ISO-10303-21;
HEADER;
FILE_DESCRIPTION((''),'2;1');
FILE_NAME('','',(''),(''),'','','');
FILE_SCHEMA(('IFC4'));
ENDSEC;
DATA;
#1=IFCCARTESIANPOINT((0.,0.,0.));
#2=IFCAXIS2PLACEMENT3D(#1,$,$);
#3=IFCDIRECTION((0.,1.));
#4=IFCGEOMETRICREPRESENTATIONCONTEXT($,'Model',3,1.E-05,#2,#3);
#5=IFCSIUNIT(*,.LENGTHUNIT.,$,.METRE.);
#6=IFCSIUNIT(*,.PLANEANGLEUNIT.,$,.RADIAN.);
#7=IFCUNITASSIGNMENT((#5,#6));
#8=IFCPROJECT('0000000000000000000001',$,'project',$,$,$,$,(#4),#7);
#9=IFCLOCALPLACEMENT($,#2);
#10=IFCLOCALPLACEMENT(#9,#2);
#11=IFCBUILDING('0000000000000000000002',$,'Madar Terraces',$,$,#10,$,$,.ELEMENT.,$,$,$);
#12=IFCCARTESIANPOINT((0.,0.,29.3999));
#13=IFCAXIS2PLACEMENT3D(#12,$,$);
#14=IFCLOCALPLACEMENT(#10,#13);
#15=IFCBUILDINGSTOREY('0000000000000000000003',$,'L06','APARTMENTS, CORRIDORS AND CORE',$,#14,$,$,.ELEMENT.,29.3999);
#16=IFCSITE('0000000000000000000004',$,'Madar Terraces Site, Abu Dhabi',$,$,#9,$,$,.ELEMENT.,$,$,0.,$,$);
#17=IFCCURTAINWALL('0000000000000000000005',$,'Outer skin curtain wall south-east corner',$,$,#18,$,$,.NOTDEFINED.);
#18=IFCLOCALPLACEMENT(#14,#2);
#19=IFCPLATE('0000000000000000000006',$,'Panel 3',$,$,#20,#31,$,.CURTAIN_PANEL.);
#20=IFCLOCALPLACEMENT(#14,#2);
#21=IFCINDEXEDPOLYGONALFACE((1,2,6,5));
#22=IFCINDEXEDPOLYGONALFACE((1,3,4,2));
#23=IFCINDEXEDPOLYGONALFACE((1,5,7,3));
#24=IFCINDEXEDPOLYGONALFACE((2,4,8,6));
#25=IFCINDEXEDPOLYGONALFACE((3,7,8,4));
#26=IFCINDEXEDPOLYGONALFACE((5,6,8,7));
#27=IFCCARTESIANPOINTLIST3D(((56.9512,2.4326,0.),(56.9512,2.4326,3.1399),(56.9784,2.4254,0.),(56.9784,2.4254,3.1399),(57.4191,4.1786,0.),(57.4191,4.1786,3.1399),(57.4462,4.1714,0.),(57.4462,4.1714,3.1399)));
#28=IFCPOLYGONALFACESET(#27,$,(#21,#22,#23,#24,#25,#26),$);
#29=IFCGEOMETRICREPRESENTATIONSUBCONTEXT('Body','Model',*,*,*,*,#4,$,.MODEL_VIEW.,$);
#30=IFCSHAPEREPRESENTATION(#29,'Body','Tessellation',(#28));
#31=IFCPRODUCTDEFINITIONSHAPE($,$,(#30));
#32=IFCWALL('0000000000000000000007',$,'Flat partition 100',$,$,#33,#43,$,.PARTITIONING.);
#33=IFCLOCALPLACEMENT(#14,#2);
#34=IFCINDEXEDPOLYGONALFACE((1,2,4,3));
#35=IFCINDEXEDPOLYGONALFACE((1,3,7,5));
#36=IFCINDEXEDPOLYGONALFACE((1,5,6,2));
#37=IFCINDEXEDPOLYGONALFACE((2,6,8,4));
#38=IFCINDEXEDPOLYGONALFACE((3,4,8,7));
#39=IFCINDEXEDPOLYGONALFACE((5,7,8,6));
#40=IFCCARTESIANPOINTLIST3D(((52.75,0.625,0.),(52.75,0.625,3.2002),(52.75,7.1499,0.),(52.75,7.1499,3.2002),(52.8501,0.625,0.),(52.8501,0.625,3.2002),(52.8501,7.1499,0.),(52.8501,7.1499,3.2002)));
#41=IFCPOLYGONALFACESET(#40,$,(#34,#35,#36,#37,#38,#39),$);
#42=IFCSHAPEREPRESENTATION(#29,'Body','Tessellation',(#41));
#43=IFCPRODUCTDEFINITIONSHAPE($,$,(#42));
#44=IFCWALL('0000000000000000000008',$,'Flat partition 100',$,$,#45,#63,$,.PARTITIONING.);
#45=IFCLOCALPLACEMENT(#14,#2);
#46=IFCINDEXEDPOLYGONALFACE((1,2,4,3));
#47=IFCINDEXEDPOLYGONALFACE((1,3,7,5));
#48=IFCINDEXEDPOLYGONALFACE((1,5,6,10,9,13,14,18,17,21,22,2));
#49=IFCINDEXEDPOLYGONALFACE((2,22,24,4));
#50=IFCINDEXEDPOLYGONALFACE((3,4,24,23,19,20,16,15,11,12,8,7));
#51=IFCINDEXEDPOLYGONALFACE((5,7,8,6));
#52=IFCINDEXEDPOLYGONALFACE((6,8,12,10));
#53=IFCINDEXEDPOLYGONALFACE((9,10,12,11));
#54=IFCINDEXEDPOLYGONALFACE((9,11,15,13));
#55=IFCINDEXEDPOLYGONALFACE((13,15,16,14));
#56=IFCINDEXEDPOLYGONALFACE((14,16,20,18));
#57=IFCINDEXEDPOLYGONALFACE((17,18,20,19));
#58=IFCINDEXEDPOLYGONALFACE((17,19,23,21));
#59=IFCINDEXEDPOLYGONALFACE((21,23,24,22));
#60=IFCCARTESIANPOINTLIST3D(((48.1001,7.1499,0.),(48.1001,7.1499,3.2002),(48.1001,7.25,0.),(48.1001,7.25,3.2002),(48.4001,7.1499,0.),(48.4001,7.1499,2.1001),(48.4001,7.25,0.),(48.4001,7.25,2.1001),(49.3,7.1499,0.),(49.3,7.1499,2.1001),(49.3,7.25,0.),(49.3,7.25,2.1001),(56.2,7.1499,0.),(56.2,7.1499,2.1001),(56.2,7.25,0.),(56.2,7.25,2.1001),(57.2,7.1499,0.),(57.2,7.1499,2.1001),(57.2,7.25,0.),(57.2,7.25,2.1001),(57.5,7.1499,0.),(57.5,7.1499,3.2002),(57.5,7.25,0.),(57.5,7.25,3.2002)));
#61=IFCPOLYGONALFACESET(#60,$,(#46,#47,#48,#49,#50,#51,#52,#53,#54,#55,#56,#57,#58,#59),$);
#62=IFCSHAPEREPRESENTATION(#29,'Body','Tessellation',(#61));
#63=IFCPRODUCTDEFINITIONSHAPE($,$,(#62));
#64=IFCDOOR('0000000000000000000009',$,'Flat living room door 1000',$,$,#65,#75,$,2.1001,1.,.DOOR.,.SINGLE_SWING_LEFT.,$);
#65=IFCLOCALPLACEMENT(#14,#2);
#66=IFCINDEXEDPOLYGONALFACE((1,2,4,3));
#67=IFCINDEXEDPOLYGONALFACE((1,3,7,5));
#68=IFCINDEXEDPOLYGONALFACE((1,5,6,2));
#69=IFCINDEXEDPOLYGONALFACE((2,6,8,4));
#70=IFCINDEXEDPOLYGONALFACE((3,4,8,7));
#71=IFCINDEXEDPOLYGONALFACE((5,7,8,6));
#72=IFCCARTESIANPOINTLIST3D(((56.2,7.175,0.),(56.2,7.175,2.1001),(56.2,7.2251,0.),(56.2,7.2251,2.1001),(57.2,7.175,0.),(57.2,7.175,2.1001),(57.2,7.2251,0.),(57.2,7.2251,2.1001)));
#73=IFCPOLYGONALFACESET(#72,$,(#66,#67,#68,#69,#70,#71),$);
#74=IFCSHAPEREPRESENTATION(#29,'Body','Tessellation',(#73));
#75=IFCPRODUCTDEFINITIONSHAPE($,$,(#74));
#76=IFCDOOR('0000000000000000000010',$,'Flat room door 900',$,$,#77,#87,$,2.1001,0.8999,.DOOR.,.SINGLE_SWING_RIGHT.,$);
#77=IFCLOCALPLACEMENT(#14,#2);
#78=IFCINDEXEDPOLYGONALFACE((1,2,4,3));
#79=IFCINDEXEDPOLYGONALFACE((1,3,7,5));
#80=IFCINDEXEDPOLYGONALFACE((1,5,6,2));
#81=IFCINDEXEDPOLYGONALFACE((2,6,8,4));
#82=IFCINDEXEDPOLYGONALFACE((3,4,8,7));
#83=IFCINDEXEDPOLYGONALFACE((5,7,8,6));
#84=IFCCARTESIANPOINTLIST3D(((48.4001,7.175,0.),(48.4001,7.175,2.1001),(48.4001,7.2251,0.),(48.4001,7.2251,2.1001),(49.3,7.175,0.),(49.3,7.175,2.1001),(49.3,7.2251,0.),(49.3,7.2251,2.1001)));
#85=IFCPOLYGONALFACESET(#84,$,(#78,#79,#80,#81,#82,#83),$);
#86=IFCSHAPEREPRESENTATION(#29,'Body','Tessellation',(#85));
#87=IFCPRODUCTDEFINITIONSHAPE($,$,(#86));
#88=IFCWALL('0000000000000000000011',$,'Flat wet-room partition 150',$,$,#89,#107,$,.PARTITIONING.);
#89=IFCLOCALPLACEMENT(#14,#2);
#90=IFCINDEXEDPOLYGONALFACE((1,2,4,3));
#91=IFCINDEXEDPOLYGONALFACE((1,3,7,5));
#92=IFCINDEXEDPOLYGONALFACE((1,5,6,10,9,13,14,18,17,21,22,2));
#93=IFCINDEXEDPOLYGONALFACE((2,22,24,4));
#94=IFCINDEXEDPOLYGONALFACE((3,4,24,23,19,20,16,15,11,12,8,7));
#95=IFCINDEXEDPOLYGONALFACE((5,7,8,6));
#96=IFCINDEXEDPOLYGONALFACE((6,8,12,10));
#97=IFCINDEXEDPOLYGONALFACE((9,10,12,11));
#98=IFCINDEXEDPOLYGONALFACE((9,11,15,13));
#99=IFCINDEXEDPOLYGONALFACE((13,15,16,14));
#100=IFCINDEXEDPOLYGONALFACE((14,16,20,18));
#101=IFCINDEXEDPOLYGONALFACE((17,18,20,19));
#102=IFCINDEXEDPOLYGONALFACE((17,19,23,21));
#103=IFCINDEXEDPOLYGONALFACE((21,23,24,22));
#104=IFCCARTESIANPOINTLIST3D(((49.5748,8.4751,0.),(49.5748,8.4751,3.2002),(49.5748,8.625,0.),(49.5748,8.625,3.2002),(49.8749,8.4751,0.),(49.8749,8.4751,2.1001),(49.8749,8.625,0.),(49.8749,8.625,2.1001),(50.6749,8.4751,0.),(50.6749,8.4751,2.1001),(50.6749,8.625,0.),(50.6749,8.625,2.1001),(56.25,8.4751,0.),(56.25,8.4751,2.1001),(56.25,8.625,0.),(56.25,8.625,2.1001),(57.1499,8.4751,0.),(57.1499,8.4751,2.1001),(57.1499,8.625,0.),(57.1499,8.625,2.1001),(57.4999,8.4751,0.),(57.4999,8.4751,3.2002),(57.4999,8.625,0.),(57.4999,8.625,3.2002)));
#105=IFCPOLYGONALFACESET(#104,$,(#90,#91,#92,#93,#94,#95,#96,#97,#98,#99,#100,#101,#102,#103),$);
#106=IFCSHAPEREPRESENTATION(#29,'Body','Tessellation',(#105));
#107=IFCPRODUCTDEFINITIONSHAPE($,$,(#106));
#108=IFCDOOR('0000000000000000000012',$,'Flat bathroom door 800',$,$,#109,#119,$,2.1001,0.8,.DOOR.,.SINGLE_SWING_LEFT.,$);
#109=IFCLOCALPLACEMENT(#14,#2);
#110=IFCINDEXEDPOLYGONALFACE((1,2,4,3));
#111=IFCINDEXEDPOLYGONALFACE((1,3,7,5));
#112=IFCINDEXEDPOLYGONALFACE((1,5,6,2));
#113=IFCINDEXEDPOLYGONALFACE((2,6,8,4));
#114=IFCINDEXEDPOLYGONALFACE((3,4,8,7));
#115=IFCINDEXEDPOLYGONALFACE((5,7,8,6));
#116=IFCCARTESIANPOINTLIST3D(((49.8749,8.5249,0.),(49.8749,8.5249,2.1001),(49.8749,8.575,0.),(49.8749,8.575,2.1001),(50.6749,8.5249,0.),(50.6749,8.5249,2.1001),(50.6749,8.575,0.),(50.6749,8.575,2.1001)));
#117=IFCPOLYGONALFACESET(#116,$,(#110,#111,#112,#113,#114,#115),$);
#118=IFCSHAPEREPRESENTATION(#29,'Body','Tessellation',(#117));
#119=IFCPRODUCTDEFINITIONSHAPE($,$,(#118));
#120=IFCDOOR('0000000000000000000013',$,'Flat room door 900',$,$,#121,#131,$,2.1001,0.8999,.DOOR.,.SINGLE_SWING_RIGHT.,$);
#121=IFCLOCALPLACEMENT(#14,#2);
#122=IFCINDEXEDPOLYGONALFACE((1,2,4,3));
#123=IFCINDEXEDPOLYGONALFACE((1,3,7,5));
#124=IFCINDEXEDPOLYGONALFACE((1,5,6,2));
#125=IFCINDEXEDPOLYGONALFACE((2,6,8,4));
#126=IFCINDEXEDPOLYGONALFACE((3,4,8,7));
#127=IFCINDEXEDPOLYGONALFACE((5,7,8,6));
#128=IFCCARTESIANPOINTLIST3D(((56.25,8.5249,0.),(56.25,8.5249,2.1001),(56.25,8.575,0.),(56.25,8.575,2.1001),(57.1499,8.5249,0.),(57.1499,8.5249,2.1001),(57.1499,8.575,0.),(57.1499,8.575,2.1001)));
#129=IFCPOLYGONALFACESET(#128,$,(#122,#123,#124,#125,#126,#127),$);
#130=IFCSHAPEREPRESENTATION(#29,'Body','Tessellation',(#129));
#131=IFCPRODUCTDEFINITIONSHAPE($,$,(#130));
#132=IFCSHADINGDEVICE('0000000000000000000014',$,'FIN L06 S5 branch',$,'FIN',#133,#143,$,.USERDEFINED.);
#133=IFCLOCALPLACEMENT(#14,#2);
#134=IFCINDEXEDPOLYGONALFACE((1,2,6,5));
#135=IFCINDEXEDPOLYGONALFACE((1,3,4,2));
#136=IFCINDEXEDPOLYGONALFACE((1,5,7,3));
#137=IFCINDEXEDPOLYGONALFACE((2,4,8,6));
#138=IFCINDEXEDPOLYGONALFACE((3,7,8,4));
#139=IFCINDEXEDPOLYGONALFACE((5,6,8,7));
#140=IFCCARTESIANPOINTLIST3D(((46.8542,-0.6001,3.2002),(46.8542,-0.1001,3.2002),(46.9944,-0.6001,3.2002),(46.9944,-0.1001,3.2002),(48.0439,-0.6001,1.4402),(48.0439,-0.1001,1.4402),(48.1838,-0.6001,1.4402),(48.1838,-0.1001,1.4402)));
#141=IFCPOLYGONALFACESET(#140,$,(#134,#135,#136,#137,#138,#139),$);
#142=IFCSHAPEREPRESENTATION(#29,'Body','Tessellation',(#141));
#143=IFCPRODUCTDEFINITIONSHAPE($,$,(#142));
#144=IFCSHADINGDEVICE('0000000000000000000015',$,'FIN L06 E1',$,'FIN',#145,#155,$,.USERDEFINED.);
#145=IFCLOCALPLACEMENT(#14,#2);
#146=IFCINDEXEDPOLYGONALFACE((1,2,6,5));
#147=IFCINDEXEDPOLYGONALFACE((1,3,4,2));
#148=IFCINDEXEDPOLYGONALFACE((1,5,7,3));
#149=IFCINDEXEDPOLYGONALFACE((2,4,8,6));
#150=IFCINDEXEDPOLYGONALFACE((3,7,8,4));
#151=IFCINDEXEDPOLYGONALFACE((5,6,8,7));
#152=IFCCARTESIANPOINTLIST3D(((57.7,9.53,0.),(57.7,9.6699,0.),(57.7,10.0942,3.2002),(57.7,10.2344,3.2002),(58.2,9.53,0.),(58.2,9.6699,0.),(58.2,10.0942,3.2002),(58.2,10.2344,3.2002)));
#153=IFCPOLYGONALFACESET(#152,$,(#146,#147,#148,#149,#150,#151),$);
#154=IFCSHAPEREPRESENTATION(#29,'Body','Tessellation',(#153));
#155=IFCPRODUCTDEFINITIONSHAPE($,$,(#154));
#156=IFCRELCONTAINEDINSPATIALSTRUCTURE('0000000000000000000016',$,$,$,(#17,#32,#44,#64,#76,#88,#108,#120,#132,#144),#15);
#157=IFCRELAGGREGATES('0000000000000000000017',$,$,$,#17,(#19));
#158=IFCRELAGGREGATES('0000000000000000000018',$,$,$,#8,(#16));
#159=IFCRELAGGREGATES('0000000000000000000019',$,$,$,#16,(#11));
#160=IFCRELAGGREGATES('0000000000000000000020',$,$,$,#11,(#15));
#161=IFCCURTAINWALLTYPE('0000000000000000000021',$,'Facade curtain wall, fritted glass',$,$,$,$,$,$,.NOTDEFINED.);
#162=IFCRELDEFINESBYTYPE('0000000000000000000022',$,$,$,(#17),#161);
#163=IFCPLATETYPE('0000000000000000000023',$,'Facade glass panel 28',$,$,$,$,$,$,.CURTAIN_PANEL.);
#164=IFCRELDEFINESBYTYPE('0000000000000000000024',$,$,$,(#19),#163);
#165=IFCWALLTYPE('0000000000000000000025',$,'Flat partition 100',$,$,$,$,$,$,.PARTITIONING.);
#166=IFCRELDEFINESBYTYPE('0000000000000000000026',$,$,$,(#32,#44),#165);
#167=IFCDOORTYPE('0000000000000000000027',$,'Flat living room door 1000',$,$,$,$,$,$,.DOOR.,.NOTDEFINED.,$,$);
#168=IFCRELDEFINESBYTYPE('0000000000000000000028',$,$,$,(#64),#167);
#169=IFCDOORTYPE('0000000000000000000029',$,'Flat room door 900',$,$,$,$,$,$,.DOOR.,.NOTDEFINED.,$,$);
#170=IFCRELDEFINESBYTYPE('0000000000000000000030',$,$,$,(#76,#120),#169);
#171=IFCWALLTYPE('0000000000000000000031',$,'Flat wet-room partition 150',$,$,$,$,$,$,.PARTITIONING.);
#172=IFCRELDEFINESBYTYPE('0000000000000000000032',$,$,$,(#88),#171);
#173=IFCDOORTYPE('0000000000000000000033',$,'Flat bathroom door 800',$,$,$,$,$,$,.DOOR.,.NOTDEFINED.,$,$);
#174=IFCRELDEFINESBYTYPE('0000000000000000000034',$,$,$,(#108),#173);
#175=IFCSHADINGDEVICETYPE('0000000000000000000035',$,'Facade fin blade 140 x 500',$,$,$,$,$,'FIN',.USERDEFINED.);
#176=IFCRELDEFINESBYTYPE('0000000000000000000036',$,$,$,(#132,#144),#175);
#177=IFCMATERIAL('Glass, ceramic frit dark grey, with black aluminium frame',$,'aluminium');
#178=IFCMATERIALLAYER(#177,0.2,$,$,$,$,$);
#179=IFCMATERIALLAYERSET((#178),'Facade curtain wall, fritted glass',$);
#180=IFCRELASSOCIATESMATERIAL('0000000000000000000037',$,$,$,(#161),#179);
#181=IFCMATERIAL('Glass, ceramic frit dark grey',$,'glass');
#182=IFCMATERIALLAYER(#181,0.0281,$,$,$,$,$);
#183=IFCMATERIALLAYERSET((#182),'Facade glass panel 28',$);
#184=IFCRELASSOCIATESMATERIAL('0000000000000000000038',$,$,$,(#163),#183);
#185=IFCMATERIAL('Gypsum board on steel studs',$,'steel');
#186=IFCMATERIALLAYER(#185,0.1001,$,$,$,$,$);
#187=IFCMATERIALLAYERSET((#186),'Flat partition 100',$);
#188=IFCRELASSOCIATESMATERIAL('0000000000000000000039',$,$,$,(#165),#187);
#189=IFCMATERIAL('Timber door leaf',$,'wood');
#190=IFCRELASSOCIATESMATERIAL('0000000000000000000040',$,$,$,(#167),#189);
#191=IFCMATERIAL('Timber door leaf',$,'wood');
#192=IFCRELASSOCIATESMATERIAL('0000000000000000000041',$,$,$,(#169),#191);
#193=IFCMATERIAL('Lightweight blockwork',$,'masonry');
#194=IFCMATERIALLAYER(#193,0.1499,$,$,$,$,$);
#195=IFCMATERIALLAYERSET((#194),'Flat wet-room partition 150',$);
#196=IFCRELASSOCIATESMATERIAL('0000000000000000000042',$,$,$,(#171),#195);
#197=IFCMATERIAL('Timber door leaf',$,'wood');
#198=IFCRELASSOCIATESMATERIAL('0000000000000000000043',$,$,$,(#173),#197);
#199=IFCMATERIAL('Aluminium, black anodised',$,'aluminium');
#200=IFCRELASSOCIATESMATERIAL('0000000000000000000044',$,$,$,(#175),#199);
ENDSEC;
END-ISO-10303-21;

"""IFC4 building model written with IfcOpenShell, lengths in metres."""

from ifc_helpers import new_model, si_unit, direction, frame, frame_2d, origin, origin_2d, place, context, subcontext, project, spatial, polyline, rectangle, outline, extrude, material, layer, layer_set, type_object, element, fill, aggregate, save


model = new_model("IFC4")

# Units and contexts
model_context = context("Model", 3, precision=1e-05, world=origin(), true_north=direction((0.0, 1.0)))
body_context = subcontext(model_context, "Body", "Model", "MODEL_VIEW")
ifc_project = project(units=[si_unit("LENGTHUNIT", "METRE"), si_unit("PLANEANGLEUNIT", "RADIAN")], contexts=[model_context])

# Site, building, storey
site_placement = place(None, origin())
site = spatial("IfcSite", under=ifc_project, at=site_placement, Name="Madar Terraces Site, Abu Dhabi", CompositionType="ELEMENT", RefElevation=0.0)
building_placement = place(site_placement, origin())
building = spatial("IfcBuilding", under=site, at=building_placement, Name="Madar Terraces", CompositionType="ELEMENT")
storey_placement = place(building_placement, frame((0.0, 0.0, 29.3999)))
storey = spatial("IfcBuildingStorey", under=building, at=storey_placement, Name="L06", Description="APARTMENTS, CORRIDORS AND CORE", CompositionType="ELEMENT", Elevation=29.3999)

# Shared definitions
ifc_material_1 = material(Name="Glass, ceramic frit dark grey, with black aluminium frame", Category="aluminium")
ifc_layer_1 = layer(ifc_material_1, 0.2)
ifc_layer_set_1 = layer_set([ifc_layer_1], Name="Facade curtain wall, fritted glass")
curtain_wall_type = type_object("IfcCurtainWallType", Name="Facade curtain wall, fritted glass", PredefinedType="NOTDEFINED", material=ifc_layer_set_1)

# Curtain wall
curtain_wall_1_placement = place(storey_placement, origin())
curtain_wall_1 = element("IfcCurtainWall", 1, at=curtain_wall_1_placement, inside=storey, type_object=curtain_wall_type, Name="Outer skin curtain wall south-east corner", PredefinedType="NOTDEFINED")

# Plate
ifc_material_2 = material(Name="Glass, ceramic frit dark grey", Category="glass")
ifc_layer_2 = layer(ifc_material_2, 0.0281)
ifc_layer_set_2 = layer_set([ifc_layer_2], Name="Facade glass panel 28")
plate_type = type_object("IfcPlateType", Name="Facade glass panel 28", PredefinedType="CURTAIN_PANEL", material=ifc_layer_set_2)
plate_1_placement = place(storey_placement, frame((57.1987, 3.302, 0.0), z_axis=(0.0, 0.0, 1.0), x_axis=(0.258819, 0.965926, 0.0)))
plate_1 = element("IfcPlate", 2, at=plate_1_placement, type_object=plate_type, Name="Panel 3", PredefinedType="CURTAIN_PANEL", context=body_context, shape_type="SweptSolid", body=[
    extrude(rectangle(XDim=1.8076, YDim=0.0281, at=origin_2d()), origin(), (0.0, 0.0, 1.0), 3.1399),
])
aggregate(curtain_wall_1, [plate_1])

# Wall
ifc_material_3 = material(Name="Gypsum board on steel studs", Category="steel")
ifc_layer_3 = layer(ifc_material_3, 0.1001)
ifc_layer_set_3 = layer_set([ifc_layer_3], Name="Flat partition 100")
wall_type_1 = type_object("IfcWallType", Name="Flat partition 100", PredefinedType="PARTITIONING", material=ifc_layer_set_3)
wall_1_placement = place(storey_placement, frame((52.8, 7.1499, 0.0), z_axis=(0.0, 0.0, 1.0), x_axis=(0.0, -1.0, 0.0)))
element("IfcWall", 3, at=wall_1_placement, inside=storey, type_object=wall_type_1, Name="Flat partition 100", PredefinedType="PARTITIONING", context=body_context, shape_type="SweptSolid", body=[
    extrude(rectangle(XDim=6.5249, YDim=0.1001, at=frame_2d((3.2625, 0.0))), origin(), (0.0, 0.0, 1.0), 3.2002),
])

# Walls, openings, doors
wall_2_placement = place(storey_placement, frame((57.5, 7.2, 0.0), z_axis=(0.0, 0.0, 1.0), x_axis=(-1.0, 0.0, 0.0)))
wall_2 = element("IfcWall", 4, at=wall_2_placement, inside=storey, type_object=wall_type_1, Name="Flat partition 100", PredefinedType="PARTITIONING", context=body_context, shape_type="SweptSolid", body=[
    extrude(rectangle(XDim=9.3999, YDim=0.1001, at=frame_2d((4.7, 0.0))), origin(), (0.0, 0.0, 1.0), 3.2002),
])
opening_1_placement = place(wall_2_placement, frame((8.2, 0.0, 0.0)))
opening_1 = element("IfcOpeningElement", 5, at=opening_1_placement, cuts=wall_2, PredefinedType="OPENING", context=body_context, shape_type="SweptSolid", body=[
    extrude(rectangle(XDim=0.8999, YDim=2.1001, at=frame_2d((0.45, 1.05))), frame((0.0, 0.0601, 0.0), z_axis=(0.0, -1.0, 0.0), x_axis=(1.0, 0.0, 0.0)), (0.0, 0.0, 1.0), 0.1201),
])
opening_2_placement = place(wall_2_placement, frame((0.3, 0.0, 0.0)))
opening_2 = element("IfcOpeningElement", 6, at=opening_2_placement, cuts=wall_2, PredefinedType="OPENING", context=body_context, shape_type="SweptSolid", body=[
    extrude(rectangle(XDim=1.0, YDim=2.1001, at=frame_2d((0.5, 1.05))), frame((0.0, 0.0601, 0.0), z_axis=(0.0, -1.0, 0.0), x_axis=(1.0, 0.0, 0.0)), (0.0, 0.0, 1.0), 0.1201),
])
ifc_material_4 = material(Name="Timber door leaf", Category="wood")
door_type_1 = type_object("IfcDoorType", Name="Flat living room door 1000", OperationType="NOTDEFINED", PredefinedType="DOOR", material=ifc_material_4)
door_1_placement = place(opening_2_placement, origin())
door_1 = element("IfcDoor", 7, at=door_1_placement, inside=storey, type_object=door_type_1, Name="Flat living room door 1000", OperationType="SINGLE_SWING_LEFT", OverallHeight=2.1001, OverallWidth=1.0, PredefinedType="DOOR", context=body_context, shape_type="SweptSolid", body=[
    extrude(rectangle(XDim=1.0, YDim=2.1001, at=frame_2d((0.5, 1.05))), frame((0.0, 0.0249, 0.0), z_axis=(0.0, -1.0, 0.0), x_axis=(1.0, 0.0, 0.0)), (0.0, 0.0, 1.0), 0.05),
])
fill(opening_2, door_1)
ifc_material_5 = material(Name="Timber door leaf", Category="wood")
door_type_2 = type_object("IfcDoorType", Name="Flat room door 900", OperationType="NOTDEFINED", PredefinedType="DOOR", material=ifc_material_5)
door_2_placement = place(opening_1_placement, origin())
door_2 = element("IfcDoor", 8, at=door_2_placement, inside=storey, type_object=door_type_2, Name="Flat room door 900", OperationType="SINGLE_SWING_RIGHT", OverallHeight=2.1001, OverallWidth=0.8999, PredefinedType="DOOR", context=body_context, shape_type="SweptSolid", body=[
    extrude(rectangle(XDim=0.8999, YDim=2.1001, at=frame_2d((0.45, 1.05))), frame((0.0, 0.0249, 0.0), z_axis=(0.0, -1.0, 0.0), x_axis=(1.0, 0.0, 0.0)), (0.0, 0.0, 1.0), 0.05),
])
fill(opening_1, door_2)
ifc_material_6 = material(Name="Lightweight blockwork", Category="masonry")
ifc_layer_4 = layer(ifc_material_6, 0.1499)
ifc_layer_set_4 = layer_set([ifc_layer_4], Name="Flat wet-room partition 150")
wall_type_2 = type_object("IfcWallType", Name="Flat wet-room partition 150", PredefinedType="PARTITIONING", material=ifc_layer_set_4)
wall_3_placement = place(storey_placement, frame((49.575, 8.55, 0.0), z_axis=(0.0, 0.0, 1.0), x_axis=(1.0, 0.0, 0.0)))
wall_3 = element("IfcWall", 9, at=wall_3_placement, inside=storey, type_object=wall_type_2, Name="Flat wet-room partition 150", PredefinedType="PARTITIONING", context=body_context, shape_type="SweptSolid", body=[
    extrude(rectangle(XDim=7.925, YDim=0.1499, at=frame_2d((3.9624, 0.0))), origin(), (0.0, 0.0, 1.0), 3.2002),
])
opening_3_placement = place(wall_3_placement, frame((0.3, 0.0, 0.0)))
opening_3 = element("IfcOpeningElement", 10, at=opening_3_placement, cuts=wall_3, PredefinedType="OPENING", context=body_context, shape_type="SweptSolid", body=[
    extrude(rectangle(XDim=0.8, YDim=2.1001, at=frame_2d((0.3999, 1.05))), frame((0.0, 0.085, 0.0), z_axis=(0.0, -1.0, 0.0), x_axis=(1.0, 0.0, 0.0)), (0.0, 0.0, 1.0), 0.1699),
])
opening_4_placement = place(wall_3_placement, frame((6.675, 0.0, 0.0)))
opening_4 = element("IfcOpeningElement", 11, at=opening_4_placement, cuts=wall_3, PredefinedType="OPENING", context=body_context, shape_type="SweptSolid", body=[
    extrude(rectangle(XDim=0.8999, YDim=2.1001, at=frame_2d((0.45, 1.05))), frame((0.0, 0.085, 0.0), z_axis=(0.0, -1.0, 0.0), x_axis=(1.0, 0.0, 0.0)), (0.0, 0.0, 1.0), 0.1699),
])
ifc_material_7 = material(Name="Timber door leaf", Category="wood")
door_type_3 = type_object("IfcDoorType", Name="Flat bathroom door 800", OperationType="NOTDEFINED", PredefinedType="DOOR", material=ifc_material_7)
door_3_placement = place(opening_3_placement, origin())
door_3 = element("IfcDoor", 12, at=door_3_placement, inside=storey, type_object=door_type_3, Name="Flat bathroom door 800", OperationType="SINGLE_SWING_LEFT", OverallHeight=2.1001, OverallWidth=0.8, PredefinedType="DOOR", context=body_context, shape_type="SweptSolid", body=[
    extrude(rectangle(XDim=0.8, YDim=2.1001, at=frame_2d((0.3999, 1.05))), frame((0.0, 0.0249, 0.0), z_axis=(0.0, -1.0, 0.0), x_axis=(1.0, 0.0, 0.0)), (0.0, 0.0, 1.0), 0.05),
])
fill(opening_3, door_3)
door_4_placement = place(opening_4_placement, origin())
door_4 = element("IfcDoor", 13, at=door_4_placement, inside=storey, type_object=door_type_2, Name="Flat room door 900", OperationType="SINGLE_SWING_RIGHT", OverallHeight=2.1001, OverallWidth=0.8999, PredefinedType="DOOR", context=body_context, shape_type="SweptSolid", body=[
    extrude(rectangle(XDim=0.8999, YDim=2.1001, at=frame_2d((0.45, 1.05))), frame((0.0, 0.0249, 0.0), z_axis=(0.0, -1.0, 0.0), x_axis=(1.0, 0.0, 0.0)), (0.0, 0.0, 1.0), 0.05),
])
fill(opening_4, door_4)

# Shading devices
ifc_material_8 = material(Name="Aluminium, black anodised", Category="aluminium")
shading_device_type = type_object("IfcShadingDeviceType", Name="Facade fin blade 140 x 500", ElementType="FIN", PredefinedType="USERDEFINED", material=ifc_material_8)
shading_device_1_placement = place(storey_placement, frame((48.0439, -0.3501, 1.4402), z_axis=(0.0, 0.0, 1.0), x_axis=(1.0, 0.0, 0.0)))
element("IfcShadingDevice", 14, at=shading_device_1_placement, inside=storey, type_object=shading_device_type, Name="FIN L06 S5 branch", ObjectType="FIN", PredefinedType="USERDEFINED", context=body_context, shape_type="SweptSolid", body=[
    extrude(outline(polyline([(0.0, 0.0), (0.1399, 0.0), (-1.0496, 1.76), (-1.1897, 1.76), (0.0, 0.0)])), frame((0.0, 0.25, 0.0), z_axis=(0.0, -1.0, 0.0), x_axis=(1.0, 0.0, 0.0)), (0.0, 0.0, 1.0), 0.5),
])
shading_device_2_placement = place(storey_placement, frame((57.95, 9.53, 0.0), z_axis=(0.0, 0.0, 1.0), x_axis=(0.0, 1.0, 0.0)))
element("IfcShadingDevice", 15, at=shading_device_2_placement, inside=storey, type_object=shading_device_type, Name="FIN L06 E1", ObjectType="FIN", PredefinedType="USERDEFINED", context=body_context, shape_type="SweptSolid", body=[
    extrude(outline(polyline([(0.0, 0.0), (0.1399, 0.0), (0.7043, 3.2002), (0.5642, 3.2002), (0.0, 0.0)])), frame((0.0, 0.25, 0.0), z_axis=(0.0, -1.0, 0.0), x_axis=(1.0, 0.0, 0.0)), (0.0, 0.0, 1.0), 0.5),
])

save(model, "model.ifc")
